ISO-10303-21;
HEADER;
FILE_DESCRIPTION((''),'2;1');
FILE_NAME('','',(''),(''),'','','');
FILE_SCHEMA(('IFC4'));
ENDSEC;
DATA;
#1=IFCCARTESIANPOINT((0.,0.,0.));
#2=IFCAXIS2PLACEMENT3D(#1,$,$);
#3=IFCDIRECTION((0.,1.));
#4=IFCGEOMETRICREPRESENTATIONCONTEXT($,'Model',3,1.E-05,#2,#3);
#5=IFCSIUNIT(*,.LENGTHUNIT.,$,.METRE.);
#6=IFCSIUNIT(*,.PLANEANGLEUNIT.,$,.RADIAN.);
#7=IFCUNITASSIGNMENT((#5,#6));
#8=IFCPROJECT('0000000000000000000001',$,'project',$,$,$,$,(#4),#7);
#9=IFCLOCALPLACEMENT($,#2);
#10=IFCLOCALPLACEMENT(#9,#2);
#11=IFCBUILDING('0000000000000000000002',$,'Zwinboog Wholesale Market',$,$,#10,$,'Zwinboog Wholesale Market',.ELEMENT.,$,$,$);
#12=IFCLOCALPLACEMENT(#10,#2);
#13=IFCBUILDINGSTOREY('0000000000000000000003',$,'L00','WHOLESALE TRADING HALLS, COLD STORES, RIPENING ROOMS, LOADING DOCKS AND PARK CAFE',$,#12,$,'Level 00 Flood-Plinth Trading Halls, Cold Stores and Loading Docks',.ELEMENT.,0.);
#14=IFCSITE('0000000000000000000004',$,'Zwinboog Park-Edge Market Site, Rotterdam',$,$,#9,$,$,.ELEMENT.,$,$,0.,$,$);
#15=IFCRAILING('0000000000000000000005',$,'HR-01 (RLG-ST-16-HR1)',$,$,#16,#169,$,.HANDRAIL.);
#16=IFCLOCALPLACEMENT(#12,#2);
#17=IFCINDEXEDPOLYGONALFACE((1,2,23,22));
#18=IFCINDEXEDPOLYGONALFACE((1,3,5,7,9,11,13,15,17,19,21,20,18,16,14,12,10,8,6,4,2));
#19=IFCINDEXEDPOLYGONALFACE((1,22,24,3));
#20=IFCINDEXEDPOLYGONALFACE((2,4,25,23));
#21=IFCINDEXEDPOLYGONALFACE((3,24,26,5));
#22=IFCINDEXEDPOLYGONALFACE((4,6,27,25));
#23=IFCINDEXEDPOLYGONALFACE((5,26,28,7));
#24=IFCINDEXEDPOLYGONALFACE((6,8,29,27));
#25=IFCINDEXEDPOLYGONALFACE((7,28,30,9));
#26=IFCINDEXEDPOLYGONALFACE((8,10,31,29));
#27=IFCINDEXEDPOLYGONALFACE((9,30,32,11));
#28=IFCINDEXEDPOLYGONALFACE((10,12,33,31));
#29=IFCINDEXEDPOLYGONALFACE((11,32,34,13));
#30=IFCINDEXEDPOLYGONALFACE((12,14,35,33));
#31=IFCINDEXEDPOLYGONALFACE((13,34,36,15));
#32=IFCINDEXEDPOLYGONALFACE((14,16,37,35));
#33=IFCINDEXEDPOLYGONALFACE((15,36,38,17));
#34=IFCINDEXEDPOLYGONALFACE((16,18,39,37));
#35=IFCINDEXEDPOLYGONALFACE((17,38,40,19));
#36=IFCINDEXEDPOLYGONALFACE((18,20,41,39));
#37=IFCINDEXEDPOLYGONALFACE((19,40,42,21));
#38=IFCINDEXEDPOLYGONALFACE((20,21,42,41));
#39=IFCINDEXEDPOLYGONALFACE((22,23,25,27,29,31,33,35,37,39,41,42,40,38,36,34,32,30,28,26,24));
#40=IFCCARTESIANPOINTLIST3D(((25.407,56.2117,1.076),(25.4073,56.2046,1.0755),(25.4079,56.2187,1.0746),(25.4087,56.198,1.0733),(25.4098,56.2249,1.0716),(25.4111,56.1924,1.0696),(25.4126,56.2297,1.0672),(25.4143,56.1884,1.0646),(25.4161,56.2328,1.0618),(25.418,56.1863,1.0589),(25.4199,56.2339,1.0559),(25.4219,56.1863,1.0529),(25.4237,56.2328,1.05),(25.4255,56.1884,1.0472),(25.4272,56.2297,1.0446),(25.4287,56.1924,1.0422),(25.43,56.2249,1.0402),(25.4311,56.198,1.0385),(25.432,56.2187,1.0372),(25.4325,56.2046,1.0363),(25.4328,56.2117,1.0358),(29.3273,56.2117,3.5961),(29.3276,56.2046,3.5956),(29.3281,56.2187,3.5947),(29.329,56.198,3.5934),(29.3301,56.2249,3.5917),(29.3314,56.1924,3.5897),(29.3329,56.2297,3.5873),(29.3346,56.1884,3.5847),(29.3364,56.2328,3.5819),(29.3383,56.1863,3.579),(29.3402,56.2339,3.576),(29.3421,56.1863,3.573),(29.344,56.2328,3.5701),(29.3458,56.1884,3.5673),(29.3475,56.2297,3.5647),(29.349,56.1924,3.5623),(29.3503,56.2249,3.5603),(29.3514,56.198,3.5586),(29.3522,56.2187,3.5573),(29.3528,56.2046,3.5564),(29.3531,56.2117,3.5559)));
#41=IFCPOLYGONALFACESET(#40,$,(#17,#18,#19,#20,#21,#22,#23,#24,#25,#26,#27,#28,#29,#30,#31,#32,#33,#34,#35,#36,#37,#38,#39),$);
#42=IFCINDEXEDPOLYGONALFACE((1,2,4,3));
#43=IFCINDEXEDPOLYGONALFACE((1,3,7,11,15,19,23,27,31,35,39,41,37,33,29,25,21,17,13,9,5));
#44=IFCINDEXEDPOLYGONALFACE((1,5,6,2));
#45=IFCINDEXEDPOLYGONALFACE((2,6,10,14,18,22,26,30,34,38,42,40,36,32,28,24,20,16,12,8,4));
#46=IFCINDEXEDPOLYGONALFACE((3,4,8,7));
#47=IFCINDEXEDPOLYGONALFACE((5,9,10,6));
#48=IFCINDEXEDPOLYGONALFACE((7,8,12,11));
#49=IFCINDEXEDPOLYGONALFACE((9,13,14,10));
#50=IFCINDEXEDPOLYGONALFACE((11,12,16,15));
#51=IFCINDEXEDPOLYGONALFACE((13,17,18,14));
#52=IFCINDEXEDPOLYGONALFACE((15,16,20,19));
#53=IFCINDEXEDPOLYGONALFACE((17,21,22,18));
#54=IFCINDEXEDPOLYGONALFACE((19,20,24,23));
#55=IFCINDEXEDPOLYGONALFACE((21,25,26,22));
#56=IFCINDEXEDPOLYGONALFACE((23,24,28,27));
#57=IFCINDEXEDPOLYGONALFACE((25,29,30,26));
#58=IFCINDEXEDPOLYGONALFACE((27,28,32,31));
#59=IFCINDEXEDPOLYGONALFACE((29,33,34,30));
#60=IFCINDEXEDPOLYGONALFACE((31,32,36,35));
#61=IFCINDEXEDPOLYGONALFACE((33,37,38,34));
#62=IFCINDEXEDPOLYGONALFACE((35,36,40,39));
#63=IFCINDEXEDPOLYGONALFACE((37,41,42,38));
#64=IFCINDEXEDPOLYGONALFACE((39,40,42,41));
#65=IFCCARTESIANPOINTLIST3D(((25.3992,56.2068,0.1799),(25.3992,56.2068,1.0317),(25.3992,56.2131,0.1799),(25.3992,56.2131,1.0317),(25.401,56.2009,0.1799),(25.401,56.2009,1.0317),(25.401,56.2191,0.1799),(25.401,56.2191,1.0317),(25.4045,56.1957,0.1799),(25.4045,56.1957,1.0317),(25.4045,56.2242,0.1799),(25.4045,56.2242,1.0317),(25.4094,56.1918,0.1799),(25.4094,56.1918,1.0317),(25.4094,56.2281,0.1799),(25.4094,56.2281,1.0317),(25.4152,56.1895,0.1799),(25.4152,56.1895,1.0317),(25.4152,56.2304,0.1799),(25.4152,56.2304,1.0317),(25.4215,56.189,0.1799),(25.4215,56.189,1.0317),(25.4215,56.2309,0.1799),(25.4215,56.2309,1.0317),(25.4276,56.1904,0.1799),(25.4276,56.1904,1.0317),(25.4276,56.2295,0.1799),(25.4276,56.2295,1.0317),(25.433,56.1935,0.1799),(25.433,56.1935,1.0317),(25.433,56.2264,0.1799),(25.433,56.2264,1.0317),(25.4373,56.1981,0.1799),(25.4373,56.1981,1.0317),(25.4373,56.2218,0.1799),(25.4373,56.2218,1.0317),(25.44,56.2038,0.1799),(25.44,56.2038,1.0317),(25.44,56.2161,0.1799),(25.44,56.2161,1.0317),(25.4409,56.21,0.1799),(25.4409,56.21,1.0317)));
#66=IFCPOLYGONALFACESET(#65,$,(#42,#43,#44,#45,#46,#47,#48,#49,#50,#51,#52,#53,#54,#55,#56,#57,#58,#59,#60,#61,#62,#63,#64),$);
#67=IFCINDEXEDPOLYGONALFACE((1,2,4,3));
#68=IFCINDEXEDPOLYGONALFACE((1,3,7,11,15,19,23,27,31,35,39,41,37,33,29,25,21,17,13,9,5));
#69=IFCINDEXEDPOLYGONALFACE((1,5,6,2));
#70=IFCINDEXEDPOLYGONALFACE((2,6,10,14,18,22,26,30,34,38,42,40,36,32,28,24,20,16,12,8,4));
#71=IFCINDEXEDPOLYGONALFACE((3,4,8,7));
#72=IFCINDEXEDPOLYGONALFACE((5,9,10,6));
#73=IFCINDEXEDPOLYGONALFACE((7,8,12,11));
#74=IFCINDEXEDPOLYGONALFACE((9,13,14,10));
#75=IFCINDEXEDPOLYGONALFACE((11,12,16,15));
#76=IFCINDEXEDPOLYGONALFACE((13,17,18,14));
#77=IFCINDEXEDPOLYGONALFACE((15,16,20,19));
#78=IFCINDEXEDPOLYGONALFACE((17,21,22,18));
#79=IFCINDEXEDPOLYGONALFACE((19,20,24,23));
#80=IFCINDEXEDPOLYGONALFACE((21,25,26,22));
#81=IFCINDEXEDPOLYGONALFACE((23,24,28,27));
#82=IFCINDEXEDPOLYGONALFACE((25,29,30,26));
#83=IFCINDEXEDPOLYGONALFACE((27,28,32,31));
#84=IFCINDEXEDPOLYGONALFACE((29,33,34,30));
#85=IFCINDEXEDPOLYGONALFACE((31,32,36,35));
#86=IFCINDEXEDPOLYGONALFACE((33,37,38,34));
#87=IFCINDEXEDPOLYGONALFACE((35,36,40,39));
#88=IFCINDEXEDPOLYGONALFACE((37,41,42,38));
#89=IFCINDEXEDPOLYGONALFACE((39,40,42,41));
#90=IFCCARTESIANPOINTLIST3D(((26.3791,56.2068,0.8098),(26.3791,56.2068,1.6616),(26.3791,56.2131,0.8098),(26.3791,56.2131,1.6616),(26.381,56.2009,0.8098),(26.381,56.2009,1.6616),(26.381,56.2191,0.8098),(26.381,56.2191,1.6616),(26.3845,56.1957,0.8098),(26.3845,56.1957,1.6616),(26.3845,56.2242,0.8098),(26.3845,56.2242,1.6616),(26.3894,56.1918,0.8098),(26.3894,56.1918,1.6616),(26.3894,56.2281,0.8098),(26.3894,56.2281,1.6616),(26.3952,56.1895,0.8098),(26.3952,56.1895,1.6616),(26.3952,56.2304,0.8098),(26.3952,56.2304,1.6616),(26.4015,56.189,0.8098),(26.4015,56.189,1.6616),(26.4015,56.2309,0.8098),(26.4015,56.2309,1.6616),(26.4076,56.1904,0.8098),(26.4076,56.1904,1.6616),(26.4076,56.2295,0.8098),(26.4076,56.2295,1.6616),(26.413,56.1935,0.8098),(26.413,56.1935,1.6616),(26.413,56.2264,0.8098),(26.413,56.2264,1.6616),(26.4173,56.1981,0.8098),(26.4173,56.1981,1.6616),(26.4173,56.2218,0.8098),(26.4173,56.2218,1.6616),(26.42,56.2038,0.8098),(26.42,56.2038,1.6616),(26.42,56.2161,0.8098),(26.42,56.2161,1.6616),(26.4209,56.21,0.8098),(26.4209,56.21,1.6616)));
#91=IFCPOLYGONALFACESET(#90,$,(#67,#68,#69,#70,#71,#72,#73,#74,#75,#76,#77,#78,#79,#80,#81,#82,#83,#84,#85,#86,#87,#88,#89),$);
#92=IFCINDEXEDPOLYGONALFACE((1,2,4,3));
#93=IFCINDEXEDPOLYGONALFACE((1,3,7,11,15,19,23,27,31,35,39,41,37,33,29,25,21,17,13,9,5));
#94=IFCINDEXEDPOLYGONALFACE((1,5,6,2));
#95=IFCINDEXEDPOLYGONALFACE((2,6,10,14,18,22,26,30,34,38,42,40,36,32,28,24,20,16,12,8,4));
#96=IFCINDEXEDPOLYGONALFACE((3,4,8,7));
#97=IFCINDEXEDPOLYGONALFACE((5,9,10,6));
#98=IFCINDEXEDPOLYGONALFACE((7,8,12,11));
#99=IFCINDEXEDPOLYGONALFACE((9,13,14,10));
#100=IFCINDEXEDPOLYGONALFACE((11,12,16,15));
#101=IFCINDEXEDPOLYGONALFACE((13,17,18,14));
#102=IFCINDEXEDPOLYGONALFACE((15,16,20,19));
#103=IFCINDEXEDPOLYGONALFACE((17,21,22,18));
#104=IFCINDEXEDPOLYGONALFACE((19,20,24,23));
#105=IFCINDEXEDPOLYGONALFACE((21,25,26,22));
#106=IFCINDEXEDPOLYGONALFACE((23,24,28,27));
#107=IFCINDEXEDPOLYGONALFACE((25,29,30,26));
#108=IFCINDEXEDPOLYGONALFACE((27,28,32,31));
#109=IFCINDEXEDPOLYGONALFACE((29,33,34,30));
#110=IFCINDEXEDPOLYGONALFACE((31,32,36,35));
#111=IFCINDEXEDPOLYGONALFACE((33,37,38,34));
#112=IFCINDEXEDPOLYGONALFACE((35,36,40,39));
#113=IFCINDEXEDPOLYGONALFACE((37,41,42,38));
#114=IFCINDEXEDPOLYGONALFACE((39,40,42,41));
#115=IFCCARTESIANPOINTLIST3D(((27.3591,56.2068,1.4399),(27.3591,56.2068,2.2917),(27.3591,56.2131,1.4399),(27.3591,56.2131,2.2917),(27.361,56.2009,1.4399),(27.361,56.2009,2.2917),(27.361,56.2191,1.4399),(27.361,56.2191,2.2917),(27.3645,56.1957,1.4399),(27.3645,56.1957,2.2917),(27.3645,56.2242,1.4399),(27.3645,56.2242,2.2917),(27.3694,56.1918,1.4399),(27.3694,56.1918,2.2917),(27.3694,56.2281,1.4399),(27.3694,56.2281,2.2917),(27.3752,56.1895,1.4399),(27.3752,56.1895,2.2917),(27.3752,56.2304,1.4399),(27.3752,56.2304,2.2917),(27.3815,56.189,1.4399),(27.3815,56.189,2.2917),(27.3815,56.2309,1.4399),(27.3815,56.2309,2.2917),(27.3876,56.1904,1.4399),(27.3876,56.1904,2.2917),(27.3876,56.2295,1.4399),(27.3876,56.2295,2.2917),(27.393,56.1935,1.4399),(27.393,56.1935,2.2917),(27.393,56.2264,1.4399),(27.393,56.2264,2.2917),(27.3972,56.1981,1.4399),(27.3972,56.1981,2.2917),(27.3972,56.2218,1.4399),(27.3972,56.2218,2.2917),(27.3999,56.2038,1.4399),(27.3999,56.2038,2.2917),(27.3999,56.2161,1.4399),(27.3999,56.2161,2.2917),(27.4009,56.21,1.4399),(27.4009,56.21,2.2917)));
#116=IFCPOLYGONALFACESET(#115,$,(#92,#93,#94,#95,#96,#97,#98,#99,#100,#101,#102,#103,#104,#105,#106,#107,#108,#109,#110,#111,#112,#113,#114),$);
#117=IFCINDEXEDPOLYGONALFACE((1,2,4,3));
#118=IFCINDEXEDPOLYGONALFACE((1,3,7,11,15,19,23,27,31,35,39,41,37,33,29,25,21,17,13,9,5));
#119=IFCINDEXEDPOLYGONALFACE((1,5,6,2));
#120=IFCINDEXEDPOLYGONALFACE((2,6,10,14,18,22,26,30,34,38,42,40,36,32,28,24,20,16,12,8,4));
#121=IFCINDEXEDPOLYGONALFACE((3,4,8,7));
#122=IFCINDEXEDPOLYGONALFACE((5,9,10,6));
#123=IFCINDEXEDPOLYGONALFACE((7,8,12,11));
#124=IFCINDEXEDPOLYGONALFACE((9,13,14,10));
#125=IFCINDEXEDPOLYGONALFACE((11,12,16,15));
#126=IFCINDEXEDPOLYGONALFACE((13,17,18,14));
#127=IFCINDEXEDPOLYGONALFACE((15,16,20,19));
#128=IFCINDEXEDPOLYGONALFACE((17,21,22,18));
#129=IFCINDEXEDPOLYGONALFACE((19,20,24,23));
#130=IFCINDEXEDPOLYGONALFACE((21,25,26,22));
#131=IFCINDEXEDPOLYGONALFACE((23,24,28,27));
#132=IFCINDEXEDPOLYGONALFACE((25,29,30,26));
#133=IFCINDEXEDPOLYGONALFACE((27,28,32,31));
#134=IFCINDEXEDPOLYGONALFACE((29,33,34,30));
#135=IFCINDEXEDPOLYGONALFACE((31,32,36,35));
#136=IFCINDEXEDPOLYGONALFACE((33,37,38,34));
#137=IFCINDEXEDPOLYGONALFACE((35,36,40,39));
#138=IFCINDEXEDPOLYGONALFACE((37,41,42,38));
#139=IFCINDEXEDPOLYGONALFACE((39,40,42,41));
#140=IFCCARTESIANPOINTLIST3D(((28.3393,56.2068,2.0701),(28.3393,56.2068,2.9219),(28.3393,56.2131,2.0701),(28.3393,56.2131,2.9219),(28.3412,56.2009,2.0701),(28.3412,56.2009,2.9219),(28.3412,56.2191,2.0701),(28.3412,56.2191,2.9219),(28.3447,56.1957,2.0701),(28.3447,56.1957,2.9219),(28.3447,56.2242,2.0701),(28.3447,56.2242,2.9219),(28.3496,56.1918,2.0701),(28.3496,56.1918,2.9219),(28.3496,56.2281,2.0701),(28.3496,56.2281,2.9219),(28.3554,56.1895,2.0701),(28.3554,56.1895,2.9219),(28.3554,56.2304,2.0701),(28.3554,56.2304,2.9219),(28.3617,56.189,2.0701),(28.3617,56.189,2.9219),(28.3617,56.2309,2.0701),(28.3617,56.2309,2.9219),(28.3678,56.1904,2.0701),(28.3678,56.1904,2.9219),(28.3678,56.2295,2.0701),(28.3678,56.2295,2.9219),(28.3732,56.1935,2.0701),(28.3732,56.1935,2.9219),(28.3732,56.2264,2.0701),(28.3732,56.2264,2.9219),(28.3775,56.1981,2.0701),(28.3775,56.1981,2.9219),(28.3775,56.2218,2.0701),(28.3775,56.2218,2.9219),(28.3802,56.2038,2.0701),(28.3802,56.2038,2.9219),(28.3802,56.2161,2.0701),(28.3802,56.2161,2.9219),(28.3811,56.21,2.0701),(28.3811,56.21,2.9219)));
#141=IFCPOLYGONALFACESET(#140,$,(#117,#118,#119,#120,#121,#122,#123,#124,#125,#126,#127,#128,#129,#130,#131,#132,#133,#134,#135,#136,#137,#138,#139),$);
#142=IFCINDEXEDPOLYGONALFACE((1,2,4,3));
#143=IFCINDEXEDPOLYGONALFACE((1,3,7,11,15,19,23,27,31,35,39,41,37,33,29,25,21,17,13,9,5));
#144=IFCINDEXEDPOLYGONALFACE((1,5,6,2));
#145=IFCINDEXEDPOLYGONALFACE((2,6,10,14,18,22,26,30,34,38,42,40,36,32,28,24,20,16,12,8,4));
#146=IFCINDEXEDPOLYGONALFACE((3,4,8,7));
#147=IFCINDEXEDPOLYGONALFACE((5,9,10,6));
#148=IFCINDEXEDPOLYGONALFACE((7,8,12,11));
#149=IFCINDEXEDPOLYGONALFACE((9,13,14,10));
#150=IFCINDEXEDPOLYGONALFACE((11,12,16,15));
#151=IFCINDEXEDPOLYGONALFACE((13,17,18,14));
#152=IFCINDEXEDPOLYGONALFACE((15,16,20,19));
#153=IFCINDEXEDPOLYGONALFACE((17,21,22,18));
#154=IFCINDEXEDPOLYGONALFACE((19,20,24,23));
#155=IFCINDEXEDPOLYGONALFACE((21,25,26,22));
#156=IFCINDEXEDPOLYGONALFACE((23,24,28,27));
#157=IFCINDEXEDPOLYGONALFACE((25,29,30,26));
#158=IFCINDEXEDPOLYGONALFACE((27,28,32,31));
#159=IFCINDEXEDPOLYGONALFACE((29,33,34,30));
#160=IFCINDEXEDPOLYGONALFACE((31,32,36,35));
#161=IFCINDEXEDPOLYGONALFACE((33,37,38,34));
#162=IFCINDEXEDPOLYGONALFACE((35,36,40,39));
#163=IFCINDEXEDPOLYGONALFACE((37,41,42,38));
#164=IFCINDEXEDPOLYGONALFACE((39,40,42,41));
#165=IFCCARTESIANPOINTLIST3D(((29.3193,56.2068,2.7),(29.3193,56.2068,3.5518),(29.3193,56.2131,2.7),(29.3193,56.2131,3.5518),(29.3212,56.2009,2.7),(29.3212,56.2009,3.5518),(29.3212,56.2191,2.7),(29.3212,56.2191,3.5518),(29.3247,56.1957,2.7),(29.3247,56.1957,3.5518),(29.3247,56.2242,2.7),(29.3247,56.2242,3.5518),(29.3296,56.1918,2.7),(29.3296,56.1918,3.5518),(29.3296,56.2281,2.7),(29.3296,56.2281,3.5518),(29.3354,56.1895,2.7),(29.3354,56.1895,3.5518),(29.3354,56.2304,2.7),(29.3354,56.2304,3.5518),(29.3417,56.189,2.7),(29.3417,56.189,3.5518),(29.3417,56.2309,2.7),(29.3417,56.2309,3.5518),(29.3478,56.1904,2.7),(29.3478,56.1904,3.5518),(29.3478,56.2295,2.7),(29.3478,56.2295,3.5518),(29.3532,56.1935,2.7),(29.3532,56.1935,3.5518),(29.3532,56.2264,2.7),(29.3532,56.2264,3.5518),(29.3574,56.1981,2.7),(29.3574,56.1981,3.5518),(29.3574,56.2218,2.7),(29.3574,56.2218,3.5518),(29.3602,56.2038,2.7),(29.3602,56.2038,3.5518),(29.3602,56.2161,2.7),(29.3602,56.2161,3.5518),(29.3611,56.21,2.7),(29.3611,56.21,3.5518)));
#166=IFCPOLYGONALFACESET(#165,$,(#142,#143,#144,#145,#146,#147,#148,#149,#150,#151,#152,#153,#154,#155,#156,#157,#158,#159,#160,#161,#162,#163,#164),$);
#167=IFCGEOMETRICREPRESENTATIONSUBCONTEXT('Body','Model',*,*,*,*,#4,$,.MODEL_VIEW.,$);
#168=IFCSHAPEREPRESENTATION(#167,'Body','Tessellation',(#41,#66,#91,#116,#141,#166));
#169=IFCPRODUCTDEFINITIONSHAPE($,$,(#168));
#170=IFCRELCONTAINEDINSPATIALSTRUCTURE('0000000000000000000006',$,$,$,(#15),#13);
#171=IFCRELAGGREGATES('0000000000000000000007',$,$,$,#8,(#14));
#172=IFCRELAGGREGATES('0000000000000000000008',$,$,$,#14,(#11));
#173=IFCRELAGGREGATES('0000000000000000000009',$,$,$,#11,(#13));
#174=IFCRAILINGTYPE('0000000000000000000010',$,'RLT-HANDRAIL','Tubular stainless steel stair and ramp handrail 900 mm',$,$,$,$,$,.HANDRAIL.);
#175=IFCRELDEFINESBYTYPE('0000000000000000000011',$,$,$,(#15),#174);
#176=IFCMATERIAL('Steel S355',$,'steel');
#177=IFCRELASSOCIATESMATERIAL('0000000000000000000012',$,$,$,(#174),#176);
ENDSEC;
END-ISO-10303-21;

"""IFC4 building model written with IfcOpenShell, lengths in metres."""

from ifc_helpers import new_model, si_unit, direction, frame, origin, origin_2d, place, context, subcontext, project, spatial, circle, extrude, material, type_object, element, save


model = new_model("IFC4")

# Units and contexts
model_context = context("Model", 3, precision=1e-05, world=origin(), true_north=direction((0.0, 1.0)))
body_context = subcontext(model_context, "Body", "Model", "MODEL_VIEW")
ifc_project = project(units=[si_unit("LENGTHUNIT", "METRE"), si_unit("PLANEANGLEUNIT", "RADIAN")], contexts=[model_context])

# Site, building, storey
site_placement = place(None, origin())
site = spatial("IfcSite", under=ifc_project, at=site_placement, Name="Zwinboog Park-Edge Market Site, Rotterdam", CompositionType="ELEMENT", RefElevation=0.0)
building_placement = place(site_placement, origin())
building = spatial("IfcBuilding", under=site, at=building_placement, Name="Zwinboog Wholesale Market", LongName="Zwinboog Wholesale Market", CompositionType="ELEMENT")
storey_placement = place(building_placement, origin())
storey = spatial("IfcBuildingStorey", under=building, at=storey_placement, Name="L00", Description="WHOLESALE TRADING HALLS, COLD STORES, RIPENING ROOMS, LOADING DOCKS AND PARK CAFE", LongName="Level 00 Flood-Plinth Trading Halls, Cold Stores and Loading Docks", CompositionType="ELEMENT", Elevation=0.0)

# Railing
ifc_material_1 = material(Name="Steel S355", Category="steel")
railing_type = type_object("IfcRailingType", Name="RLT-HANDRAIL", Description="Tubular stainless steel stair and ramp handrail 900 mm", PredefinedType="HANDRAIL", material=ifc_material_1)
railing_placement = place(storey_placement, frame((25.4199, 56.21, 0.1799)))
element("IfcRailing", 1, at=railing_placement, inside=storey, type_object=railing_type, Name="HR-01 (RLG-ST-16-HR1)", PredefinedType="HANDRAIL", context=body_context, shape_type="SweptSolid", body=[
    extrude(circle(Radius=0.0239, at=origin_2d()), frame((0.0, 0.0, 0.876), z_axis=(0.841187, 0.0, 0.540744), x_axis=(0.0, 1.0, 0.0)), (0.0, 0.0, 1.0), 4.6604),
    extrude(circle(Radius=0.021, at=origin_2d()), origin(), (0.0, 0.0, 1.0), 0.8518),
    extrude(circle(Radius=0.021, at=origin_2d()), frame((0.98, 0.0, 0.6299)), (0.0, 0.0, 1.0), 0.8518),
    extrude(circle(Radius=0.021, at=origin_2d()), frame((1.96, 0.0, 1.26)), (0.0, 0.0, 1.0), 0.8518),
    extrude(circle(Radius=0.021, at=origin_2d()), frame((2.9402, 0.0, 1.8901)), (0.0, 0.0, 1.0), 0.8518),
    extrude(circle(Radius=0.021, at=origin_2d()), frame((3.9202, 0.0, 2.52)), (0.0, 0.0, 1.0), 0.8518),
])

save(model, "model.ifc")
